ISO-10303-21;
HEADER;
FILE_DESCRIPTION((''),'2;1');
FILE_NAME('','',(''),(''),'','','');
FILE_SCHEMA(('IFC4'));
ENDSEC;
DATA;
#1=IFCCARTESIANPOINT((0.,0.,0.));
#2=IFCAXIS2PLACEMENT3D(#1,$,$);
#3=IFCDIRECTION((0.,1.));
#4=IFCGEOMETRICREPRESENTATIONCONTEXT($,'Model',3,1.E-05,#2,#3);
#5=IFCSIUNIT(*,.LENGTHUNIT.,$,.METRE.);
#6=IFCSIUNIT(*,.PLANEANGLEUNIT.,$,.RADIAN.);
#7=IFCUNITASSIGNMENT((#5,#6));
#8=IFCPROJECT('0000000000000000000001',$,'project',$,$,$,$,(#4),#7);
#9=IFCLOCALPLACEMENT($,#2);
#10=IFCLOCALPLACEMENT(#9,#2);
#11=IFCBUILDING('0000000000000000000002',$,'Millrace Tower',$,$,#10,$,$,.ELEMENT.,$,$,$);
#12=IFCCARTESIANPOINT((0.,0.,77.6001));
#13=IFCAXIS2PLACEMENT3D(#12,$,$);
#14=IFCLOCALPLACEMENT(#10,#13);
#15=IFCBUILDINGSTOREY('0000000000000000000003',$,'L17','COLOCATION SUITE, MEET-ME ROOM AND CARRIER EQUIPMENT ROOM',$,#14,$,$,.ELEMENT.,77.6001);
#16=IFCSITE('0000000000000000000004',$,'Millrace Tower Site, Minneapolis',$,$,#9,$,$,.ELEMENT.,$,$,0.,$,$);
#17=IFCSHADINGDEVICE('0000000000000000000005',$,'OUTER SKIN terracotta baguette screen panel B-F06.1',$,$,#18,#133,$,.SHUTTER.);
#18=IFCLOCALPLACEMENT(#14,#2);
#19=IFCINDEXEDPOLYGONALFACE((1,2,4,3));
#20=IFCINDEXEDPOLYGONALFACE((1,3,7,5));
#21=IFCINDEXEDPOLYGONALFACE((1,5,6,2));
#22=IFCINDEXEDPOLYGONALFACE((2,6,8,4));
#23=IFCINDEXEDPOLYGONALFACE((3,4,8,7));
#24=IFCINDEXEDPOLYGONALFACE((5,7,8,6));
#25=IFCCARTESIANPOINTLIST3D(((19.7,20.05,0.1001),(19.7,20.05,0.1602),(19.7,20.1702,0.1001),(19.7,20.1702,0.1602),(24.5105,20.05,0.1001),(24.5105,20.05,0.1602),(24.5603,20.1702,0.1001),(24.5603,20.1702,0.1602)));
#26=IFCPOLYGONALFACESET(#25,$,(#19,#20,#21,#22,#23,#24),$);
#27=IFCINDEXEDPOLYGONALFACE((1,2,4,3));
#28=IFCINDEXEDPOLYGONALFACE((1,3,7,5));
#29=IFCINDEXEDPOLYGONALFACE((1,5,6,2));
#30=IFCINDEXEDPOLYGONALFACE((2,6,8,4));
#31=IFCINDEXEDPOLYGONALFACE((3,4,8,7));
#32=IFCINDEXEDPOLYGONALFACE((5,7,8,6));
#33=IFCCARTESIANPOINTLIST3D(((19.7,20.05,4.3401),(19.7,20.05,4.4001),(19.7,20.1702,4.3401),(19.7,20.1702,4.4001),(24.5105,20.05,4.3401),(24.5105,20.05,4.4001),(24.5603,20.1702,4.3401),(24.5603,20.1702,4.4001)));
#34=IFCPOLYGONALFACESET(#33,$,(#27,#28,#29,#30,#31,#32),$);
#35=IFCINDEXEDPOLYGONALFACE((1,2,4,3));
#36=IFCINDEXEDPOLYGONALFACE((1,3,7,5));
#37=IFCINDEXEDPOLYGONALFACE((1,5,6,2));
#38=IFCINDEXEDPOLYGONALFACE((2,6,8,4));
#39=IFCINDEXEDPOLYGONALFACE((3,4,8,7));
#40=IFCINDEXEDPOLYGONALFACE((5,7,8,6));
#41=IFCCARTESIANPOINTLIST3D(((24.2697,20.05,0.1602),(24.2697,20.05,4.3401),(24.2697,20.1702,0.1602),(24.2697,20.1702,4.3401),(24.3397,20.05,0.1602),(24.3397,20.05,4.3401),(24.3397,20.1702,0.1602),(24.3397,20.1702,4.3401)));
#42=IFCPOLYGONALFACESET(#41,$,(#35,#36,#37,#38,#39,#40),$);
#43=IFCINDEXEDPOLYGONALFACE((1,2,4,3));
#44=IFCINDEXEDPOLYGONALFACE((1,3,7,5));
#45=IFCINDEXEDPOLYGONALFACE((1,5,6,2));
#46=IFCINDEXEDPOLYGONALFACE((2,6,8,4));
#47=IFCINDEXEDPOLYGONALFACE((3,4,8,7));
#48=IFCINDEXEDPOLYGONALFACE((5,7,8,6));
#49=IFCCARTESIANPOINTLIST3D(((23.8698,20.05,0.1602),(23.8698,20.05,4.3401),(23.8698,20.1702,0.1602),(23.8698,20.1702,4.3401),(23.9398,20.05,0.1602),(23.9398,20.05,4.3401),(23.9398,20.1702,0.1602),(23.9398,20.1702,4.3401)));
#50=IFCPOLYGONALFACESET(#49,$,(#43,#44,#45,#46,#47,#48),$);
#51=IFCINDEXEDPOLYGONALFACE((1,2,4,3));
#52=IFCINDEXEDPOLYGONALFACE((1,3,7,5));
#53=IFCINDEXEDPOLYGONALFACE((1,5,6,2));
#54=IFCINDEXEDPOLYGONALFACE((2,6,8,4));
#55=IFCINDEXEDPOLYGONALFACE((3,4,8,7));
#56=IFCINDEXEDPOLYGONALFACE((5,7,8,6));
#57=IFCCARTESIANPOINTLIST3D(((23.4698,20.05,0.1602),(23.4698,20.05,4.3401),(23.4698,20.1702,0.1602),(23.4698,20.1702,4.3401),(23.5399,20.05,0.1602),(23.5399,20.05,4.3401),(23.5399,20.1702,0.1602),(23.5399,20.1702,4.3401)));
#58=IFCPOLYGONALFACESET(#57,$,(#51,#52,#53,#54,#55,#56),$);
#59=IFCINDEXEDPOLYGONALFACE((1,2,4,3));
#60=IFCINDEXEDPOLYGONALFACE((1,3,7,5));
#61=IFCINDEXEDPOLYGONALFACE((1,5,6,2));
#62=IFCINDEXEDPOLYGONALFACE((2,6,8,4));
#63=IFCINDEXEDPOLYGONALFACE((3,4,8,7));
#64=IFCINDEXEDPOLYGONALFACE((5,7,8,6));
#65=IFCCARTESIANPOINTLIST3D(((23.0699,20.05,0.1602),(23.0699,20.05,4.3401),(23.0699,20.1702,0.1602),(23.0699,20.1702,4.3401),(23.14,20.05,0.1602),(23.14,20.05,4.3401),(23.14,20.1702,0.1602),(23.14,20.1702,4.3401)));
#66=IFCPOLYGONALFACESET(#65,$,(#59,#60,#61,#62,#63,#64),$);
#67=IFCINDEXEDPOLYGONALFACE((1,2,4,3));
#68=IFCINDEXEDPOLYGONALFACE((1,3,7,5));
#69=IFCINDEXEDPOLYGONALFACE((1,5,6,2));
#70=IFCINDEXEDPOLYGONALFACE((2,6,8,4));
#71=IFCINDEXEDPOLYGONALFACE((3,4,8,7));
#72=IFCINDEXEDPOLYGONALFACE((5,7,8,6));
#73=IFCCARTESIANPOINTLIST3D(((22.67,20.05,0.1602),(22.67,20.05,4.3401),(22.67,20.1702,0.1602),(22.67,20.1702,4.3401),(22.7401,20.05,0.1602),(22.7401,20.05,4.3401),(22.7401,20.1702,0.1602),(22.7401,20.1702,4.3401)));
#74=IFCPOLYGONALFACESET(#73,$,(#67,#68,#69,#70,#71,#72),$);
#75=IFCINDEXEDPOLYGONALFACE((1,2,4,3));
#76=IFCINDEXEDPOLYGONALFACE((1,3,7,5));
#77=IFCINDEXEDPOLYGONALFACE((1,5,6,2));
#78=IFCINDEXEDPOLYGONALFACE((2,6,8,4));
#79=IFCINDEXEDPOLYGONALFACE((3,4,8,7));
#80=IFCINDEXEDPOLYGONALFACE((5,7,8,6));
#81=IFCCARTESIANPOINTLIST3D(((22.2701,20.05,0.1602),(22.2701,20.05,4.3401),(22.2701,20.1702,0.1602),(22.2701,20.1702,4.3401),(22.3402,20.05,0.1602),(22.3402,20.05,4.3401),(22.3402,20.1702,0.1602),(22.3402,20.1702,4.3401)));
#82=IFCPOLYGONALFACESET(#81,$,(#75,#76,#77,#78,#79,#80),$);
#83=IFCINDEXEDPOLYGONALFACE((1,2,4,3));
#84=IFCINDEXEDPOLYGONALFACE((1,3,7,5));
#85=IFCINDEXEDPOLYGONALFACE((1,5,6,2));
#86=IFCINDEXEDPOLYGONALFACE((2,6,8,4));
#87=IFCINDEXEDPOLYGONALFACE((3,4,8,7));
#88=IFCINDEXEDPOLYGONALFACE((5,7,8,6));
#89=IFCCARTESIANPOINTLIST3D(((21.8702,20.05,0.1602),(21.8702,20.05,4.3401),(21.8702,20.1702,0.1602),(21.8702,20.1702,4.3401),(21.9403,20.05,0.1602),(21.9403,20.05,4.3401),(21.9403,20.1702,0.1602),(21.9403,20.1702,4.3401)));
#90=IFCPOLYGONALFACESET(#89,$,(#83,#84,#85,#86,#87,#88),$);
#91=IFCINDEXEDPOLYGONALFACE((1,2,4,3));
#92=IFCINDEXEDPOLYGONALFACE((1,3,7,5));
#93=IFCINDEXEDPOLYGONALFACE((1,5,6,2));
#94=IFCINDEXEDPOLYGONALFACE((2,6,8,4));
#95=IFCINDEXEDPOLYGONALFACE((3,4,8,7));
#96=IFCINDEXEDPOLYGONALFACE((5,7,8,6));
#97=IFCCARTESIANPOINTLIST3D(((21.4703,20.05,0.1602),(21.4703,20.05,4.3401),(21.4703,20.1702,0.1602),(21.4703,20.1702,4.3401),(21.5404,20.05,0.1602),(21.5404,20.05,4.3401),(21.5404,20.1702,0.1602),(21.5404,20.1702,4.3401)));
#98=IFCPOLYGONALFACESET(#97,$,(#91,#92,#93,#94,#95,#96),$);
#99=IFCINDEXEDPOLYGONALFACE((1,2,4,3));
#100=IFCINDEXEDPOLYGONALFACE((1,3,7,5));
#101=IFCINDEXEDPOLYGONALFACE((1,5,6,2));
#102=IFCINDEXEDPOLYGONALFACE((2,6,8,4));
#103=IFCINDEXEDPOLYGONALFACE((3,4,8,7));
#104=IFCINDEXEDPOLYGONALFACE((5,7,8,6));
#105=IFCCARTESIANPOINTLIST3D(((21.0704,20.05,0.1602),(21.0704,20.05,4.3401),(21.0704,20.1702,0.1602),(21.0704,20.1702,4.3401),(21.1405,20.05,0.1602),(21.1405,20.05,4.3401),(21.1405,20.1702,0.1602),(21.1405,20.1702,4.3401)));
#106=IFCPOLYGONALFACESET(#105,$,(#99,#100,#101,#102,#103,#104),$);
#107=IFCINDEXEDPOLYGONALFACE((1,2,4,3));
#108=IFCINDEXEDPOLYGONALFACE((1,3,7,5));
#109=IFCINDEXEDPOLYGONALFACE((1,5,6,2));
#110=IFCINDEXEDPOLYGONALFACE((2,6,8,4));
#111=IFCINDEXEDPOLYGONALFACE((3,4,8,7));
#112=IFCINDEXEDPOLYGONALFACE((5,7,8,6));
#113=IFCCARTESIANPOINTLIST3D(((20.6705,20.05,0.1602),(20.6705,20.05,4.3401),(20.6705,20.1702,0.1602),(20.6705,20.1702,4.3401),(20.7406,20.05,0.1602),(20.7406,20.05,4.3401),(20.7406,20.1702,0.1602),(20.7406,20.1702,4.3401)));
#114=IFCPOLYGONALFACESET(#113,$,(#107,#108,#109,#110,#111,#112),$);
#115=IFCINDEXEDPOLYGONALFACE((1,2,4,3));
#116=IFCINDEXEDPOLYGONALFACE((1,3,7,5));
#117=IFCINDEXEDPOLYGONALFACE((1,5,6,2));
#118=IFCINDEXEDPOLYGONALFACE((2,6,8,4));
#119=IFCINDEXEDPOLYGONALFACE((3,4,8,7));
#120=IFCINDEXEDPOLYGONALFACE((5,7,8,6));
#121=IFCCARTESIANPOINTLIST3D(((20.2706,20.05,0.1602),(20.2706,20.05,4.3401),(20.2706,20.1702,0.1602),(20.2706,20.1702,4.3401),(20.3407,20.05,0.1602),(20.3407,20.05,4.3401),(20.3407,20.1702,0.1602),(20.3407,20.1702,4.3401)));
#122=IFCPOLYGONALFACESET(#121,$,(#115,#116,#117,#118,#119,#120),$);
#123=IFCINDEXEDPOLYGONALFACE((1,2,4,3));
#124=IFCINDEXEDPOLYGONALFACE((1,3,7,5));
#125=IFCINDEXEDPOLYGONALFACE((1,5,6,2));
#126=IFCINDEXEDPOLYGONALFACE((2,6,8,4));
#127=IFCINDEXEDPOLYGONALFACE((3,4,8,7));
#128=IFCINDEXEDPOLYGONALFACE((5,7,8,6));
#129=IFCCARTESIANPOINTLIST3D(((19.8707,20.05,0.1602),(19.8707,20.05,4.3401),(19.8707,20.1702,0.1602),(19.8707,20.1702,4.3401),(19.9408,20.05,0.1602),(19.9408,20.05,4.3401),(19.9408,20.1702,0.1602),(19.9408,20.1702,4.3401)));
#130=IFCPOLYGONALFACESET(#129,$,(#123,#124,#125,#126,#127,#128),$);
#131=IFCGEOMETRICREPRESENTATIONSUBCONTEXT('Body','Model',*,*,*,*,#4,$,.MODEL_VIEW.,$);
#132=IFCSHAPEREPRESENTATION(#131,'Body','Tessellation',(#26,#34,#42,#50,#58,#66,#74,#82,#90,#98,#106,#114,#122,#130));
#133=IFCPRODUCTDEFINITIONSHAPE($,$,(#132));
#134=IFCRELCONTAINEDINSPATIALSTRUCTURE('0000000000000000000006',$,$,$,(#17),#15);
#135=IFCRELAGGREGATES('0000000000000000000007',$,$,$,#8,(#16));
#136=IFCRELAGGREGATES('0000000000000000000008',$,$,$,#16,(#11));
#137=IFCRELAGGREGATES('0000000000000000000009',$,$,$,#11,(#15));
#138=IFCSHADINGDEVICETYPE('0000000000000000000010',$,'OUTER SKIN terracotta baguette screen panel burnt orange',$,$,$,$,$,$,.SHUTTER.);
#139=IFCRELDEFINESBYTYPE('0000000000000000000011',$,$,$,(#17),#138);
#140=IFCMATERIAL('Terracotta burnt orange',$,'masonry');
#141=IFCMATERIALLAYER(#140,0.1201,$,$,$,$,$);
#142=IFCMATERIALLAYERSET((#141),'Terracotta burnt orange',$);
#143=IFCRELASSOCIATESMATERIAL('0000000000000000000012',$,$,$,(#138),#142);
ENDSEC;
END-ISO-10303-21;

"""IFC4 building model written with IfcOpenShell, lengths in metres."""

from ifc_helpers import new_model, entity, si_unit, direction, frame, frame_2d, origin, place, context, subcontext, project, spatial, rectangle, extrude, source, transform, mapped, material, layer, layer_set, type_object, element, save


model = new_model("IFC4")

# Units and contexts
model_context = context("Model", 3, precision=1e-05, world=origin(), true_north=direction((0.0, 1.0)))
body_context = subcontext(model_context, "Body", "Model", "MODEL_VIEW")
ifc_project = project(units=[si_unit("LENGTHUNIT", "METRE"), si_unit("PLANEANGLEUNIT", "RADIAN")], contexts=[model_context])

# Site, building, storey
site_placement = place(None, origin())
site = spatial("IfcSite", under=ifc_project, at=site_placement, Name="Millrace Tower Site, Minneapolis", CompositionType="ELEMENT", RefElevation=0.0)
building_placement = place(site_placement, origin())
building = spatial("IfcBuilding", under=site, at=building_placement, Name="Millrace Tower", CompositionType="ELEMENT")
storey_placement = place(building_placement, frame((0.0, 0.0, 77.6001)))
storey = spatial("IfcBuildingStorey", under=building, at=storey_placement, Name="L17", Description="COLOCATION SUITE, MEET-ME ROOM AND CARRIER EQUIPMENT ROOM", CompositionType="ELEMENT", Elevation=77.6001)

# Shading device
ifc_material_1 = material(Name="Terracotta burnt orange", Category="masonry")
ifc_layer_1 = layer(ifc_material_1, 0.1201)
ifc_layer_set_1 = layer_set([ifc_layer_1], Name="Terracotta burnt orange")
shading_device_type = type_object("IfcShadingDeviceType", Name="OUTER SKIN terracotta baguette screen panel burnt orange", PredefinedType="SHUTTER", material=ifc_layer_set_1)
cartesian_point_1 = entity("IfcCartesianPoint", [-2.3928, 0.0601])
shared_polyline_1 = entity("IfcPolyline", [cartesian_point_1, entity("IfcCartesianPoint", [2.4177, 0.0601]), entity("IfcCartesianPoint", [2.4177, -0.0601]), entity("IfcCartesianPoint", [-2.4426, -0.0601]), cartesian_point_1])
shared_shape_1 = source(origin(), body_context, "Body", "SweptSolid", [
    entity("IfcExtrudedAreaSolid", entity("IfcArbitraryClosedProfileDef", "AREA", None, shared_polyline_1), entity("IfcAxis2Placement3D", entity("IfcCartesianPoint", [0.0, 0.0, 0.0])), entity("IfcDirection", [0.0, 0.0, 1.0]), 0.0601),
    entity("IfcExtrudedAreaSolid", entity("IfcArbitraryClosedProfileDef", "AREA", None, shared_polyline_1), entity("IfcAxis2Placement3D", entity("IfcCartesianPoint", [0.0, 0.0, 4.24])), entity("IfcDirection", [0.0, 0.0, 1.0]), 0.0601),
    extrude(rectangle(XDim=0.0701, YDim=0.1201, at=frame_2d((-2.187, 0.0))), frame((0.0, 0.0, 0.0601)), (0.0, 0.0, 1.0), 4.1799),
    extrude(rectangle(XDim=0.0701, YDim=0.1201, at=frame_2d((-1.7871, 0.0))), frame((0.0, 0.0, 0.0601)), (0.0, 0.0, 1.0), 4.1799),
    extrude(rectangle(XDim=0.0701, YDim=0.1201, at=frame_2d((-1.3872, 0.0))), frame((0.0, 0.0, 0.0601)), (0.0, 0.0, 1.0), 4.1799),
    extrude(rectangle(XDim=0.0701, YDim=0.1201, at=frame_2d((-0.9873, 0.0))), frame((0.0, 0.0, 0.0601)), (0.0, 0.0, 1.0), 4.1799),
    extrude(rectangle(XDim=0.0701, YDim=0.1201, at=frame_2d((-0.5874, 0.0))), frame((0.0, 0.0, 0.0601)), (0.0, 0.0, 1.0), 4.1799),
    extrude(rectangle(XDim=0.0701, YDim=0.1201, at=frame_2d((-0.1875, 0.0))), frame((0.0, 0.0, 0.0601)), (0.0, 0.0, 1.0), 4.1799),
    extrude(rectangle(XDim=0.0701, YDim=0.1201, at=frame_2d((0.2124, 0.0))), frame((0.0, 0.0, 0.0601)), (0.0, 0.0, 1.0), 4.1799),
    extrude(rectangle(XDim=0.0701, YDim=0.1201, at=frame_2d((0.6123, 0.0))), frame((0.0, 0.0, 0.0601)), (0.0, 0.0, 1.0), 4.1799),
    extrude(rectangle(XDim=0.0701, YDim=0.1201, at=frame_2d((1.0122, 0.0))), frame((0.0, 0.0, 0.0601)), (0.0, 0.0, 1.0), 4.1799),
    extrude(rectangle(XDim=0.0701, YDim=0.1201, at=frame_2d((1.4121, 0.0))), frame((0.0, 0.0, 0.0601)), (0.0, 0.0, 1.0), 4.1799),
    extrude(rectangle(XDim=0.0701, YDim=0.1201, at=frame_2d((1.812, 0.0))), frame((0.0, 0.0, 0.0601)), (0.0, 0.0, 1.0), 4.1799),
    extrude(rectangle(XDim=0.0701, YDim=0.1201, at=frame_2d((2.2119, 0.0))), frame((0.0, 0.0, 0.0601)), (0.0, 0.0, 1.0), 4.1799),
])
shading_device_1_placement = place(storey_placement, frame((22.1177, 20.1101, 0.1001), z_axis=(0.0, 0.0, 1.0), x_axis=(-1.0, 0.0, 0.0)))
element("IfcShadingDevice", 1, at=shading_device_1_placement, inside=storey, type_object=shading_device_type, Name="OUTER SKIN terracotta baguette screen panel B-F06.1", PredefinedType="SHUTTER", context=body_context, shape_type="MappedRepresentation", body=[
    mapped(shared_shape_1, transform((0.0, 0.0, 0.0), scale=1.0)),
])

save(model, "model.ifc")
